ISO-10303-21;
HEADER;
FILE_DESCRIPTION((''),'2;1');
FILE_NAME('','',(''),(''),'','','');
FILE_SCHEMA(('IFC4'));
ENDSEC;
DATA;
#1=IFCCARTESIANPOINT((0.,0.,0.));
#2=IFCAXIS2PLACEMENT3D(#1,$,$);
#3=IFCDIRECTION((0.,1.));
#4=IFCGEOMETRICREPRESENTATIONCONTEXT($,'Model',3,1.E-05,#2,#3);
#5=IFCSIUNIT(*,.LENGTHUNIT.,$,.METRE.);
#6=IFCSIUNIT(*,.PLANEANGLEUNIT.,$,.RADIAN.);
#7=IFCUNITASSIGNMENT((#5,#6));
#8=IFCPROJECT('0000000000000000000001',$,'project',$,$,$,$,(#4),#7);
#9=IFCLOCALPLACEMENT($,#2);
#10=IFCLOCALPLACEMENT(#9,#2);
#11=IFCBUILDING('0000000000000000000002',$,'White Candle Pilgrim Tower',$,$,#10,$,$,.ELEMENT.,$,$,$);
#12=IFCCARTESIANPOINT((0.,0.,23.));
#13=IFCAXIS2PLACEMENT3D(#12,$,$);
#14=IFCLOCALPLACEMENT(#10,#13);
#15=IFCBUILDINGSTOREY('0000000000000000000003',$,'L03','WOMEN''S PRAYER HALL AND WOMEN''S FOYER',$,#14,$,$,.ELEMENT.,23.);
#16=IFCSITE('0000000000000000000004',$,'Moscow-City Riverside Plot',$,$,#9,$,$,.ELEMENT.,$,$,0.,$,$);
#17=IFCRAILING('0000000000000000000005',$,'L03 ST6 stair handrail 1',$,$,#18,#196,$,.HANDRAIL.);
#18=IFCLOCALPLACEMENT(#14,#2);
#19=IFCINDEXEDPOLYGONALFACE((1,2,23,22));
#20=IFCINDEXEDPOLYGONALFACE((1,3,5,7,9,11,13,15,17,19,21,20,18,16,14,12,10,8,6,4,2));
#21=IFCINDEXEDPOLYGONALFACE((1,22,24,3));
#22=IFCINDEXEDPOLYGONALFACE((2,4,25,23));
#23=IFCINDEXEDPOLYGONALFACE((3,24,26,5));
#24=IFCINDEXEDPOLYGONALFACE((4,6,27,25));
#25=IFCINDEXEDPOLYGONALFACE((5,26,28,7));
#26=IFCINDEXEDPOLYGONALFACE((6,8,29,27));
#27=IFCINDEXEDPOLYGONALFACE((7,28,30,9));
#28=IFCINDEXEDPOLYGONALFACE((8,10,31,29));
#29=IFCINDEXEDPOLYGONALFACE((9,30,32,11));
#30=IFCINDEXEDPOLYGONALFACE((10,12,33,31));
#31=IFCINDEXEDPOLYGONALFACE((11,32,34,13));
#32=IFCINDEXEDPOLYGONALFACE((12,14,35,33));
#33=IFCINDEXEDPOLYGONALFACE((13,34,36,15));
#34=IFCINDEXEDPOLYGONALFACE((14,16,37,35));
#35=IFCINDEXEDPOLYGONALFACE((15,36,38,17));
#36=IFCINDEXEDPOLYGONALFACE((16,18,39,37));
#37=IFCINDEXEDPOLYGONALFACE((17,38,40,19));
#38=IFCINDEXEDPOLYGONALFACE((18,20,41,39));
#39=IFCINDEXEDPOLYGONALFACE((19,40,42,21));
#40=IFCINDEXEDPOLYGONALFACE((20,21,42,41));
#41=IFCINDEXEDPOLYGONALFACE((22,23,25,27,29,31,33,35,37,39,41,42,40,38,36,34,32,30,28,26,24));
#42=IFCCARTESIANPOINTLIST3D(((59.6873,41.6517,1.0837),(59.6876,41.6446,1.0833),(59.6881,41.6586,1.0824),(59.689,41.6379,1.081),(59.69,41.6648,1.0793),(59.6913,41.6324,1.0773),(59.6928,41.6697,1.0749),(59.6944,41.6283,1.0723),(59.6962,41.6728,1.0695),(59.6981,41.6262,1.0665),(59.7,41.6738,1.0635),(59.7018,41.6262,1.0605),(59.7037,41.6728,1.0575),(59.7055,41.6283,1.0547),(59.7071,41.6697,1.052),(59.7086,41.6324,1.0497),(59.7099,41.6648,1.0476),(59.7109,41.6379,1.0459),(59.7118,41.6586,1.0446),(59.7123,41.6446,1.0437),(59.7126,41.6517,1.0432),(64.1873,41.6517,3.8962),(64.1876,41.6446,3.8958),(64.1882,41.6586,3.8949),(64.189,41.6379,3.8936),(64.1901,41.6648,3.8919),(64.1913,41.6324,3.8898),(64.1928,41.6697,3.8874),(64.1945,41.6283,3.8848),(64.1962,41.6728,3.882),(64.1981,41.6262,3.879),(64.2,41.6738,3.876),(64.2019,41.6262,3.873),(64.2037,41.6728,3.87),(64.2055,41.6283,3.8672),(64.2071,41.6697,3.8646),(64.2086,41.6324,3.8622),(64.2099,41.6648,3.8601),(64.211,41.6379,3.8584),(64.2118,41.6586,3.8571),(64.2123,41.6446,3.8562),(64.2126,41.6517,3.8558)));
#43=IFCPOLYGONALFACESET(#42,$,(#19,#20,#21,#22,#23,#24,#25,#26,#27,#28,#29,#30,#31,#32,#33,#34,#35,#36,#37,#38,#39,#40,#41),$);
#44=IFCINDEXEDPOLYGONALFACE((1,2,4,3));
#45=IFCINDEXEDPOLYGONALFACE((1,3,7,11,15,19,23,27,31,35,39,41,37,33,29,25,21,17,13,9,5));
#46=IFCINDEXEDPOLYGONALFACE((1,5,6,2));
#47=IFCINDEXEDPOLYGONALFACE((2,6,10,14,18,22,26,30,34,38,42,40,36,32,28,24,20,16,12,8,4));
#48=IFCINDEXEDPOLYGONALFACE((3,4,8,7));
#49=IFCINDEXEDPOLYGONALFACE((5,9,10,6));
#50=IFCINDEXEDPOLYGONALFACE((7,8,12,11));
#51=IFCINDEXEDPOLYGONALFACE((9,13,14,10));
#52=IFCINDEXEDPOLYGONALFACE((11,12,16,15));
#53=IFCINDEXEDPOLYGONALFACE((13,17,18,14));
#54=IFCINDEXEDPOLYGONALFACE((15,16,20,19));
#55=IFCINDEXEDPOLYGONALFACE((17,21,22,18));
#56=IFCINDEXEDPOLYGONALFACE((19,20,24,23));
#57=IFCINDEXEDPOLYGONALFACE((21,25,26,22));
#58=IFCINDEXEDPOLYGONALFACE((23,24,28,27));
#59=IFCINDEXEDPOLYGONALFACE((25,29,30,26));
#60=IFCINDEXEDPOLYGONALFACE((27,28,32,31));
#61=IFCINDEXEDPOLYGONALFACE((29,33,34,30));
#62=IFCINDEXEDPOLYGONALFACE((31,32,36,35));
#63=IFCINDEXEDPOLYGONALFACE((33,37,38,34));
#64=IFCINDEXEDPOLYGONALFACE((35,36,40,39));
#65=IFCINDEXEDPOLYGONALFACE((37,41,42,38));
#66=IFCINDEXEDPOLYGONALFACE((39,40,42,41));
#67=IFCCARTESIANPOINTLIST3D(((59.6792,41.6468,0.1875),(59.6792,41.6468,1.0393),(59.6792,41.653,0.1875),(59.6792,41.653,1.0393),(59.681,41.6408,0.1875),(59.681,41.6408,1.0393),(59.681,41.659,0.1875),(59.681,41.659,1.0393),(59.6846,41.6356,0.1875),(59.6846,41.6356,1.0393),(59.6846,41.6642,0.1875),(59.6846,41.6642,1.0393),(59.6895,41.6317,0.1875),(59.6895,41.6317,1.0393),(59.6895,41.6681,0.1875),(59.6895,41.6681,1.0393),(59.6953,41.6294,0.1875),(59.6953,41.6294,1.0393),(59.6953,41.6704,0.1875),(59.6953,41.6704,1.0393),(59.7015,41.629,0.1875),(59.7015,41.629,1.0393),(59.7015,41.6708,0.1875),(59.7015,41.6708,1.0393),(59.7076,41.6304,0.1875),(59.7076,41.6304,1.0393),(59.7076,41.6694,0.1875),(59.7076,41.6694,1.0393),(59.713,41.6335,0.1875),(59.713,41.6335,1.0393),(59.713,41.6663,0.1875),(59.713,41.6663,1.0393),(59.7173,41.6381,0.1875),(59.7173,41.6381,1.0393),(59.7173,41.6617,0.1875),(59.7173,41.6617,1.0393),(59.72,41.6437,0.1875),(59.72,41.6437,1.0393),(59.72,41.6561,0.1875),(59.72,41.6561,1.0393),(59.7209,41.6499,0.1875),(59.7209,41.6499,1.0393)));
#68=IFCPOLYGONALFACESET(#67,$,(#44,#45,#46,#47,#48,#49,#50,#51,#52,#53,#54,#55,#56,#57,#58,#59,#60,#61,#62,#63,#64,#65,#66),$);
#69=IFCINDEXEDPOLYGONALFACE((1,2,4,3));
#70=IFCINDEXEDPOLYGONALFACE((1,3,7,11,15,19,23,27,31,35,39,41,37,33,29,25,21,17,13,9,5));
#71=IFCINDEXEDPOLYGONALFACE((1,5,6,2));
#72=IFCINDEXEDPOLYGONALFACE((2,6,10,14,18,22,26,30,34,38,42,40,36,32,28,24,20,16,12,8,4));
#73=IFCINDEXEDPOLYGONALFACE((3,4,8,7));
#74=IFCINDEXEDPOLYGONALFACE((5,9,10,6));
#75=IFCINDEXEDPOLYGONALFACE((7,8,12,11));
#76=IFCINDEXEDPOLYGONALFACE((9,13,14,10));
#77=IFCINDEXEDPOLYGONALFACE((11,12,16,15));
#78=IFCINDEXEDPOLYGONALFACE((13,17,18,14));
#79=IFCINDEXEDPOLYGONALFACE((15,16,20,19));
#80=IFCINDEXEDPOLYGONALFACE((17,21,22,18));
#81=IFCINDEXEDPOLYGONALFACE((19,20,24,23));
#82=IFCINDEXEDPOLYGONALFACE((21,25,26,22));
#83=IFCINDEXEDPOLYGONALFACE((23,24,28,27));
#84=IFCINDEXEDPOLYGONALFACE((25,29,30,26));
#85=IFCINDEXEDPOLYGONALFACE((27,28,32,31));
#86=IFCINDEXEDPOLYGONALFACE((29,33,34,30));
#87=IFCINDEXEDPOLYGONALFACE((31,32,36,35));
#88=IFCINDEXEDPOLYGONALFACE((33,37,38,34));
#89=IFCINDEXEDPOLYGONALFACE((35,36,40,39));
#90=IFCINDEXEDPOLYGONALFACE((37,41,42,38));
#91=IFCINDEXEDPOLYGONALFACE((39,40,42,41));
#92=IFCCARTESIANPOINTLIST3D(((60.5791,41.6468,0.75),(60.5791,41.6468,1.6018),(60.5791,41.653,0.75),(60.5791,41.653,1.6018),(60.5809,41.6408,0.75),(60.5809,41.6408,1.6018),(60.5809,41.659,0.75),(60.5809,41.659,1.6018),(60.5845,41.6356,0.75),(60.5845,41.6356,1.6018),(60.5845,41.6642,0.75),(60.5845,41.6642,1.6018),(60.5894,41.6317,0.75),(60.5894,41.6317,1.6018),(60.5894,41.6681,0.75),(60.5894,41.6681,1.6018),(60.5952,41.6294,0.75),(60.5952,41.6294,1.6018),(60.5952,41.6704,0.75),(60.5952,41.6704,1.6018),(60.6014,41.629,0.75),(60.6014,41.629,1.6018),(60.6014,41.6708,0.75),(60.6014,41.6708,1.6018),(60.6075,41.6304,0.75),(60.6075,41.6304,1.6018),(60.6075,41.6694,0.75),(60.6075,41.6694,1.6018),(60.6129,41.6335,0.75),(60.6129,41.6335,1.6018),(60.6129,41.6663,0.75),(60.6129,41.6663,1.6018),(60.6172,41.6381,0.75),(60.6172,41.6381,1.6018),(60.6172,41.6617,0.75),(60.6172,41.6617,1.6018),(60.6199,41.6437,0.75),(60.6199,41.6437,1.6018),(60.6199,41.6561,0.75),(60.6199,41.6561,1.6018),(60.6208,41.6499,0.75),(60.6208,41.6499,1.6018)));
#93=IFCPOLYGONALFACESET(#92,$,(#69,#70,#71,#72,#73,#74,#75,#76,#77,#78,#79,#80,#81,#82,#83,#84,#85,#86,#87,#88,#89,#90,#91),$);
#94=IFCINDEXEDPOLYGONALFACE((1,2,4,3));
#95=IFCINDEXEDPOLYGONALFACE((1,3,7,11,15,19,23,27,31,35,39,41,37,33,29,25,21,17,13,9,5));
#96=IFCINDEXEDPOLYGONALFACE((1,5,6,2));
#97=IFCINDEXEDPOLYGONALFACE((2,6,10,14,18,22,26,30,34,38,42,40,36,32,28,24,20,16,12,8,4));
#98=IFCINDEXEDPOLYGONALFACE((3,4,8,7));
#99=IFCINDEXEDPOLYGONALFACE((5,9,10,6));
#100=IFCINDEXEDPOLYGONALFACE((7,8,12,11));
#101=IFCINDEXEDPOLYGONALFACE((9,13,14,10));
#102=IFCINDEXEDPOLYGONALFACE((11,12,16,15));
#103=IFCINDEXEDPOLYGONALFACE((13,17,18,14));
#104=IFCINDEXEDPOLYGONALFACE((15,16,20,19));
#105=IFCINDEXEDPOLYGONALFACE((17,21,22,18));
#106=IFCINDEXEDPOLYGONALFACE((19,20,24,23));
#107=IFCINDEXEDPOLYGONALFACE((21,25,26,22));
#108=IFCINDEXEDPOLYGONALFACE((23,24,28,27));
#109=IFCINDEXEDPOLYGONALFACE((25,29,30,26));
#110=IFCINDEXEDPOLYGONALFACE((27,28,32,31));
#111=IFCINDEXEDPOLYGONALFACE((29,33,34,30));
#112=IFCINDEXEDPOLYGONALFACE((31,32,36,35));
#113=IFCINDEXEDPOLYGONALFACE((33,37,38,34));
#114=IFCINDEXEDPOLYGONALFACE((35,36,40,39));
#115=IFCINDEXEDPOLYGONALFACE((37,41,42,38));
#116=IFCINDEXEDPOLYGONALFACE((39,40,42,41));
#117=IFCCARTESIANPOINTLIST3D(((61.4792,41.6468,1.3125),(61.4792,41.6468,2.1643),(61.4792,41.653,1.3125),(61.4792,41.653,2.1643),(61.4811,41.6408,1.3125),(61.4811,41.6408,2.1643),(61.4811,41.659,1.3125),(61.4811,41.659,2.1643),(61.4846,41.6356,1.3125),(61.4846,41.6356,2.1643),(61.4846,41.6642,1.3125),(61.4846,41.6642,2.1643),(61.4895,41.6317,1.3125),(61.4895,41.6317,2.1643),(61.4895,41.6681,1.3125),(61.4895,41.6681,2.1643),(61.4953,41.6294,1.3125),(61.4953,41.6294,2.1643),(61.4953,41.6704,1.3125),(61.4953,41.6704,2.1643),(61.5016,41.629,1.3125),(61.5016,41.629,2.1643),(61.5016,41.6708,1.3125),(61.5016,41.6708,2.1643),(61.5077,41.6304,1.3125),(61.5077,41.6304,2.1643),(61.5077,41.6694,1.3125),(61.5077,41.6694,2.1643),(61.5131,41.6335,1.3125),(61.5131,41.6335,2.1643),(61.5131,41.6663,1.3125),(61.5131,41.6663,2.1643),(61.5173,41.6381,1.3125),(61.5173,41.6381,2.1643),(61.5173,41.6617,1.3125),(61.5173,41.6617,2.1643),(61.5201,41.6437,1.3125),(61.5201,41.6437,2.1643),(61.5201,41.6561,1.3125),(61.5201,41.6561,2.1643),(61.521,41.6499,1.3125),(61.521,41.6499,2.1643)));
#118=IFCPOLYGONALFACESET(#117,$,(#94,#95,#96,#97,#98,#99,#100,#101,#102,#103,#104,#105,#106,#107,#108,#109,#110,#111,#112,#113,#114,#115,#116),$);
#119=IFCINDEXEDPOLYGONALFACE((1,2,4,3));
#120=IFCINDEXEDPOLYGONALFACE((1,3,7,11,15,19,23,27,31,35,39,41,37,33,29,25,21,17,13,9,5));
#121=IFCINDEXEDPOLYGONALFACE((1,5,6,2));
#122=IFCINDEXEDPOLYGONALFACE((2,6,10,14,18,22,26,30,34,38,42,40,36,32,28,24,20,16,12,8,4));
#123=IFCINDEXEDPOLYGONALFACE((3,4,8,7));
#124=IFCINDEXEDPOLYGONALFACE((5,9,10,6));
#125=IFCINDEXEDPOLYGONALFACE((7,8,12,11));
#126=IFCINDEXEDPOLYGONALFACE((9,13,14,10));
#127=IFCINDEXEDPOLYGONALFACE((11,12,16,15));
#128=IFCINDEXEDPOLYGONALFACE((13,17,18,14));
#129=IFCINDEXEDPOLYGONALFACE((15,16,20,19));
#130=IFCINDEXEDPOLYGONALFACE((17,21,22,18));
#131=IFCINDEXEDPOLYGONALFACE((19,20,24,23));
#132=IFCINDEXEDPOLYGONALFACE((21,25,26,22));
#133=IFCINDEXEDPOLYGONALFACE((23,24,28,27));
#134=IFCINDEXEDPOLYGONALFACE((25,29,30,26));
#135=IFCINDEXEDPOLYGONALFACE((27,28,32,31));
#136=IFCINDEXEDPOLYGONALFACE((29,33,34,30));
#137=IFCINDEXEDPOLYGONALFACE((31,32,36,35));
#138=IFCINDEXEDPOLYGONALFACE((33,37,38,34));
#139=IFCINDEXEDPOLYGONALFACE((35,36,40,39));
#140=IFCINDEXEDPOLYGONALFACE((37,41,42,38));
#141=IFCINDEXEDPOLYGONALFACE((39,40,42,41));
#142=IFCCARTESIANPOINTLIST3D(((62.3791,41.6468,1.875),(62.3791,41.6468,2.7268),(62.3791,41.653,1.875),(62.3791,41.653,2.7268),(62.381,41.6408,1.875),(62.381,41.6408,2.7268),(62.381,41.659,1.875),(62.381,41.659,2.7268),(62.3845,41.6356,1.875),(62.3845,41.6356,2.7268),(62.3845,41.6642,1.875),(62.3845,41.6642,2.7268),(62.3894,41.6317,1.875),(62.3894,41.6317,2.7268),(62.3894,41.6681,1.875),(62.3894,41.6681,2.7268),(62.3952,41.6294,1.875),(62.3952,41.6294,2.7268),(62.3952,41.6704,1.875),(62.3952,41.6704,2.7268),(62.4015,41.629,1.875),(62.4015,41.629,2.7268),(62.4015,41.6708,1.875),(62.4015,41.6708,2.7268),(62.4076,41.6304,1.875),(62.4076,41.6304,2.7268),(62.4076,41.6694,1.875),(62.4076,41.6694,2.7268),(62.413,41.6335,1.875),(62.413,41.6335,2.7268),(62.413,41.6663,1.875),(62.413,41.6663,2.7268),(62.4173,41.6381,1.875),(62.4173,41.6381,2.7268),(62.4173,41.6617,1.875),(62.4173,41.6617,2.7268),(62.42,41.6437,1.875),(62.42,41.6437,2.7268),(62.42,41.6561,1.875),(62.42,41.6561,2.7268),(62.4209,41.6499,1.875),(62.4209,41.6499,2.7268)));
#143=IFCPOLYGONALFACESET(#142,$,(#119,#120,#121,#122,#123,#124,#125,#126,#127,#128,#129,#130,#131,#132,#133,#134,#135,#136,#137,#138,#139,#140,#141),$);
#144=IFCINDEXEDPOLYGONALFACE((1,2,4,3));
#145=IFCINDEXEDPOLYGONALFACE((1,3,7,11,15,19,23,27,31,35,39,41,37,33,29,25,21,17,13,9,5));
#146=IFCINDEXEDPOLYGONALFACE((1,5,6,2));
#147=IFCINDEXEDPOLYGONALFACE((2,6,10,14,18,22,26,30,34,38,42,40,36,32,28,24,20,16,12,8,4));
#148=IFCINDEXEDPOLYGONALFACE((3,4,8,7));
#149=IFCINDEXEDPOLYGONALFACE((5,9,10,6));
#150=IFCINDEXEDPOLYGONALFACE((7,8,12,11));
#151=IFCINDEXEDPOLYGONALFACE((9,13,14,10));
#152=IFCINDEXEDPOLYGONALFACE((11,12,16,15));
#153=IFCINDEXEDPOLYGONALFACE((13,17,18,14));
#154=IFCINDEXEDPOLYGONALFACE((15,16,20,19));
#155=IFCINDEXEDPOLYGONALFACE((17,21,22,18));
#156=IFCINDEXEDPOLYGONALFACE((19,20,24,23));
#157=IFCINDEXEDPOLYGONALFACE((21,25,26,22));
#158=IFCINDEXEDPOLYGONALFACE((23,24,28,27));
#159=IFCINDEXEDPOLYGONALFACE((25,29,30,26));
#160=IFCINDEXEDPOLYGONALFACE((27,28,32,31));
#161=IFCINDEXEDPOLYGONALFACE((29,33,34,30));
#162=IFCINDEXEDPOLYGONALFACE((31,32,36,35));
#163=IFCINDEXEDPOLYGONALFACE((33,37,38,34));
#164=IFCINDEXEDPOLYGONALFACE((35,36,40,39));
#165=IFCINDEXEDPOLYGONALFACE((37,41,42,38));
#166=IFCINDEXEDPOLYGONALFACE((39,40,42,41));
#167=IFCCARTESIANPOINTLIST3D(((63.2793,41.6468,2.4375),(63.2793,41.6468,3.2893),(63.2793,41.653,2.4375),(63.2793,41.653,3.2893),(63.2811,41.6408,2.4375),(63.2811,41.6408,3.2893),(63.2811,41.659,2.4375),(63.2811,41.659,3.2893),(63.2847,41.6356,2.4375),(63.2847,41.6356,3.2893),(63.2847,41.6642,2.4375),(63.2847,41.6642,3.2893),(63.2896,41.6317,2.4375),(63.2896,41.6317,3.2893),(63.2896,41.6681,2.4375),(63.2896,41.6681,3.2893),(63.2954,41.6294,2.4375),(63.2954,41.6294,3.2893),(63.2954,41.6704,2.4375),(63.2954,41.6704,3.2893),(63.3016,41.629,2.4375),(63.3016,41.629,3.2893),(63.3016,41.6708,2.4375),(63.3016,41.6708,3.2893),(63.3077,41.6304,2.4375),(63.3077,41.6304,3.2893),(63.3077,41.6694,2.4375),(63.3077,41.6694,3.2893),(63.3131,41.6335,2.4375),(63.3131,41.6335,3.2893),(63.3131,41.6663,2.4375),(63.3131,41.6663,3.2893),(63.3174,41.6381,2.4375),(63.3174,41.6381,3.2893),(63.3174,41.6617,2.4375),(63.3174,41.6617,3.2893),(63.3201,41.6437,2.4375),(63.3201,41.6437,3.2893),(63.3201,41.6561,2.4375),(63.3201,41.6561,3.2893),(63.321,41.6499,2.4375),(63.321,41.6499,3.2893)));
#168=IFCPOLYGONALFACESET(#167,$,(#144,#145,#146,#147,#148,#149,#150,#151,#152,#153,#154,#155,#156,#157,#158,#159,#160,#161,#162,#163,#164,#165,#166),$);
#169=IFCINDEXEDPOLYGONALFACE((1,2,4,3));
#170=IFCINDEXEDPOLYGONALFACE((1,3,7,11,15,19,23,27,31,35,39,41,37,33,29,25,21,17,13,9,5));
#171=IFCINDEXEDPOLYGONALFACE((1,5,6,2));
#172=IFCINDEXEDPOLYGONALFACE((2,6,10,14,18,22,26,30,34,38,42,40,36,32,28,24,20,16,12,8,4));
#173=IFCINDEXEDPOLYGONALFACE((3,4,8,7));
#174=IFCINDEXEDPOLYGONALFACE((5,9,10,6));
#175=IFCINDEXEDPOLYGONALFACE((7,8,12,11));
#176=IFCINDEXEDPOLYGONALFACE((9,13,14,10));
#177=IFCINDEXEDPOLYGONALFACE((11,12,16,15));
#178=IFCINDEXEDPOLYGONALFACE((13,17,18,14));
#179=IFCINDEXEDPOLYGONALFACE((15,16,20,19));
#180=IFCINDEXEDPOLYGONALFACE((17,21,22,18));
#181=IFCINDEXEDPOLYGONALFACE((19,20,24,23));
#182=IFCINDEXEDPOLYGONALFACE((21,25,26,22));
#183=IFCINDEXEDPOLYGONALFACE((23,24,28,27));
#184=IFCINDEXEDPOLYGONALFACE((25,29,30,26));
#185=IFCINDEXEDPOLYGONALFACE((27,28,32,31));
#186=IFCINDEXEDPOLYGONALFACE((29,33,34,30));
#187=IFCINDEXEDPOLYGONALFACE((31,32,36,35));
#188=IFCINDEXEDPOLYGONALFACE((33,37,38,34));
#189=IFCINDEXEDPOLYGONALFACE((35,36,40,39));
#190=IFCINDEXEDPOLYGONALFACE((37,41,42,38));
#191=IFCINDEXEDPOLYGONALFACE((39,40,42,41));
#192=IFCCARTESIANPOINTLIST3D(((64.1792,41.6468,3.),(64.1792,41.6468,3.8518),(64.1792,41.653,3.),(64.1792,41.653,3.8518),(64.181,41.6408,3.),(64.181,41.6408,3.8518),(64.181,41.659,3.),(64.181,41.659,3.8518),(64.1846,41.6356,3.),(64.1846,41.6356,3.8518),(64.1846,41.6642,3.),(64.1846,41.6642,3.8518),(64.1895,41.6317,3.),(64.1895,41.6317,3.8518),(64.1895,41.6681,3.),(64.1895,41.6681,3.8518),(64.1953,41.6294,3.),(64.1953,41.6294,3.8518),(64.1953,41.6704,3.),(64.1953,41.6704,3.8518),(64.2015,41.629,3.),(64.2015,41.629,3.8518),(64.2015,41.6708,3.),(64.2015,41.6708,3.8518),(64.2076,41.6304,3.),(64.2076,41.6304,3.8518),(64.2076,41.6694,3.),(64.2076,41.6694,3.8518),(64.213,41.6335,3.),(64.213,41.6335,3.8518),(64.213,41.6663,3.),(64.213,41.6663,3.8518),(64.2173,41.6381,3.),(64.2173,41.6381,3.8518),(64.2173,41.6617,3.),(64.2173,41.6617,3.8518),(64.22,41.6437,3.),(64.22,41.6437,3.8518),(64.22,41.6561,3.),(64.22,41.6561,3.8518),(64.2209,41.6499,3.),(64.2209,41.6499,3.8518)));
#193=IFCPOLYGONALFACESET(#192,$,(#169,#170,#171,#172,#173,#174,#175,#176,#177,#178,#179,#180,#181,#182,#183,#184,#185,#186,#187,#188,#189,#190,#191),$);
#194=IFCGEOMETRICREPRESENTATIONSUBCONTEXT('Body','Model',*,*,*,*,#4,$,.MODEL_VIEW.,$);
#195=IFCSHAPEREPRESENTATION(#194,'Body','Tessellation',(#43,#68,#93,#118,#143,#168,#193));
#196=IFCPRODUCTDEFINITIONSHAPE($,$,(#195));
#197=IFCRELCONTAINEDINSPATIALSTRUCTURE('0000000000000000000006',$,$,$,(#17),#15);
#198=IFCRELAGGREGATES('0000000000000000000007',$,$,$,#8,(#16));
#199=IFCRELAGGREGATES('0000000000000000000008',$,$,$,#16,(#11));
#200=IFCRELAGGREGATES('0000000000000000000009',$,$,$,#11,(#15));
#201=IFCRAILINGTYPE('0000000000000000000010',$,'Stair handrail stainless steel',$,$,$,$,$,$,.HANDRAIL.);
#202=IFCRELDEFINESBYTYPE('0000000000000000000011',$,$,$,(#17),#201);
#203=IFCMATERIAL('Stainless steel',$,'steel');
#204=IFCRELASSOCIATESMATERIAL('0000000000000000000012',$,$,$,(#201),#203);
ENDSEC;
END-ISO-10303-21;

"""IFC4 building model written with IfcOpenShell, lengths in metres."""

from ifc_helpers import new_model, si_unit, direction, frame, origin, origin_2d, place, context, subcontext, project, spatial, circle, extrude, material, type_object, element, save


model = new_model("IFC4")

# Units and contexts
model_context = context("Model", 3, precision=1e-05, world=origin(), true_north=direction((0.0, 1.0)))
body_context = subcontext(model_context, "Body", "Model", "MODEL_VIEW")
ifc_project = project(units=[si_unit("LENGTHUNIT", "METRE"), si_unit("PLANEANGLEUNIT", "RADIAN")], contexts=[model_context])

# Site, building, storey
site_placement = place(None, origin())
site = spatial("IfcSite", under=ifc_project, at=site_placement, Name="Moscow-City Riverside Plot", CompositionType="ELEMENT", RefElevation=0.0)
building_placement = place(site_placement, origin())
building = spatial("IfcBuilding", under=site, at=building_placement, Name="White Candle Pilgrim Tower", CompositionType="ELEMENT")
storey_placement = place(building_placement, frame((0.0, 0.0, 23.0)))
storey = spatial("IfcBuildingStorey", under=building, at=storey_placement, Name="L03", Description="WOMEN'S PRAYER HALL AND WOMEN'S FOYER", CompositionType="ELEMENT", Elevation=23.0)

# Railing
ifc_material_1 = material(Name="Stainless steel", Category="steel")
railing_type_1 = type_object("IfcRailingType", Name="Stair handrail stainless steel", PredefinedType="HANDRAIL", material=ifc_material_1)
railing_1_placement = place(storey_placement, frame((59.7, 41.6499, 0.1875)))
element("IfcRailing", 1, at=railing_1_placement, inside=storey, type_object=railing_type_1, Name="L03 ST6 stair handrail 1", PredefinedType="HANDRAIL", context=body_context, shape_type="SweptSolid", body=[
    extrude(circle(Radius=0.0239, at=origin_2d()), frame((0.0, 0.0, 0.876), z_axis=(0.847998, 0.0, 0.529999), x_axis=(0.0, 1.0, 0.0)), (0.0, 0.0, 1.0), 5.3066),
    extrude(circle(Radius=0.021, at=origin_2d()), origin(), (0.0, 0.0, 1.0), 0.8518),
    extrude(circle(Radius=0.021, at=origin_2d()), frame((0.8999, 0.0, 0.5625)), (0.0, 0.0, 1.0), 0.8518),
    extrude(circle(Radius=0.021, at=origin_2d()), frame((1.8, 0.0, 1.125)), (0.0, 0.0, 1.0), 0.8518),
    extrude(circle(Radius=0.021, at=origin_2d()), frame((2.7, 0.0, 1.6875)), (0.0, 0.0, 1.0), 0.8518),
    extrude(circle(Radius=0.021, at=origin_2d()), frame((3.6001, 0.0, 2.25)), (0.0, 0.0, 1.0), 0.8518),
    extrude(circle(Radius=0.021, at=origin_2d()), frame((4.5, 0.0, 2.8125)), (0.0, 0.0, 1.0), 0.8518),
])

save(model, "model.ifc")
